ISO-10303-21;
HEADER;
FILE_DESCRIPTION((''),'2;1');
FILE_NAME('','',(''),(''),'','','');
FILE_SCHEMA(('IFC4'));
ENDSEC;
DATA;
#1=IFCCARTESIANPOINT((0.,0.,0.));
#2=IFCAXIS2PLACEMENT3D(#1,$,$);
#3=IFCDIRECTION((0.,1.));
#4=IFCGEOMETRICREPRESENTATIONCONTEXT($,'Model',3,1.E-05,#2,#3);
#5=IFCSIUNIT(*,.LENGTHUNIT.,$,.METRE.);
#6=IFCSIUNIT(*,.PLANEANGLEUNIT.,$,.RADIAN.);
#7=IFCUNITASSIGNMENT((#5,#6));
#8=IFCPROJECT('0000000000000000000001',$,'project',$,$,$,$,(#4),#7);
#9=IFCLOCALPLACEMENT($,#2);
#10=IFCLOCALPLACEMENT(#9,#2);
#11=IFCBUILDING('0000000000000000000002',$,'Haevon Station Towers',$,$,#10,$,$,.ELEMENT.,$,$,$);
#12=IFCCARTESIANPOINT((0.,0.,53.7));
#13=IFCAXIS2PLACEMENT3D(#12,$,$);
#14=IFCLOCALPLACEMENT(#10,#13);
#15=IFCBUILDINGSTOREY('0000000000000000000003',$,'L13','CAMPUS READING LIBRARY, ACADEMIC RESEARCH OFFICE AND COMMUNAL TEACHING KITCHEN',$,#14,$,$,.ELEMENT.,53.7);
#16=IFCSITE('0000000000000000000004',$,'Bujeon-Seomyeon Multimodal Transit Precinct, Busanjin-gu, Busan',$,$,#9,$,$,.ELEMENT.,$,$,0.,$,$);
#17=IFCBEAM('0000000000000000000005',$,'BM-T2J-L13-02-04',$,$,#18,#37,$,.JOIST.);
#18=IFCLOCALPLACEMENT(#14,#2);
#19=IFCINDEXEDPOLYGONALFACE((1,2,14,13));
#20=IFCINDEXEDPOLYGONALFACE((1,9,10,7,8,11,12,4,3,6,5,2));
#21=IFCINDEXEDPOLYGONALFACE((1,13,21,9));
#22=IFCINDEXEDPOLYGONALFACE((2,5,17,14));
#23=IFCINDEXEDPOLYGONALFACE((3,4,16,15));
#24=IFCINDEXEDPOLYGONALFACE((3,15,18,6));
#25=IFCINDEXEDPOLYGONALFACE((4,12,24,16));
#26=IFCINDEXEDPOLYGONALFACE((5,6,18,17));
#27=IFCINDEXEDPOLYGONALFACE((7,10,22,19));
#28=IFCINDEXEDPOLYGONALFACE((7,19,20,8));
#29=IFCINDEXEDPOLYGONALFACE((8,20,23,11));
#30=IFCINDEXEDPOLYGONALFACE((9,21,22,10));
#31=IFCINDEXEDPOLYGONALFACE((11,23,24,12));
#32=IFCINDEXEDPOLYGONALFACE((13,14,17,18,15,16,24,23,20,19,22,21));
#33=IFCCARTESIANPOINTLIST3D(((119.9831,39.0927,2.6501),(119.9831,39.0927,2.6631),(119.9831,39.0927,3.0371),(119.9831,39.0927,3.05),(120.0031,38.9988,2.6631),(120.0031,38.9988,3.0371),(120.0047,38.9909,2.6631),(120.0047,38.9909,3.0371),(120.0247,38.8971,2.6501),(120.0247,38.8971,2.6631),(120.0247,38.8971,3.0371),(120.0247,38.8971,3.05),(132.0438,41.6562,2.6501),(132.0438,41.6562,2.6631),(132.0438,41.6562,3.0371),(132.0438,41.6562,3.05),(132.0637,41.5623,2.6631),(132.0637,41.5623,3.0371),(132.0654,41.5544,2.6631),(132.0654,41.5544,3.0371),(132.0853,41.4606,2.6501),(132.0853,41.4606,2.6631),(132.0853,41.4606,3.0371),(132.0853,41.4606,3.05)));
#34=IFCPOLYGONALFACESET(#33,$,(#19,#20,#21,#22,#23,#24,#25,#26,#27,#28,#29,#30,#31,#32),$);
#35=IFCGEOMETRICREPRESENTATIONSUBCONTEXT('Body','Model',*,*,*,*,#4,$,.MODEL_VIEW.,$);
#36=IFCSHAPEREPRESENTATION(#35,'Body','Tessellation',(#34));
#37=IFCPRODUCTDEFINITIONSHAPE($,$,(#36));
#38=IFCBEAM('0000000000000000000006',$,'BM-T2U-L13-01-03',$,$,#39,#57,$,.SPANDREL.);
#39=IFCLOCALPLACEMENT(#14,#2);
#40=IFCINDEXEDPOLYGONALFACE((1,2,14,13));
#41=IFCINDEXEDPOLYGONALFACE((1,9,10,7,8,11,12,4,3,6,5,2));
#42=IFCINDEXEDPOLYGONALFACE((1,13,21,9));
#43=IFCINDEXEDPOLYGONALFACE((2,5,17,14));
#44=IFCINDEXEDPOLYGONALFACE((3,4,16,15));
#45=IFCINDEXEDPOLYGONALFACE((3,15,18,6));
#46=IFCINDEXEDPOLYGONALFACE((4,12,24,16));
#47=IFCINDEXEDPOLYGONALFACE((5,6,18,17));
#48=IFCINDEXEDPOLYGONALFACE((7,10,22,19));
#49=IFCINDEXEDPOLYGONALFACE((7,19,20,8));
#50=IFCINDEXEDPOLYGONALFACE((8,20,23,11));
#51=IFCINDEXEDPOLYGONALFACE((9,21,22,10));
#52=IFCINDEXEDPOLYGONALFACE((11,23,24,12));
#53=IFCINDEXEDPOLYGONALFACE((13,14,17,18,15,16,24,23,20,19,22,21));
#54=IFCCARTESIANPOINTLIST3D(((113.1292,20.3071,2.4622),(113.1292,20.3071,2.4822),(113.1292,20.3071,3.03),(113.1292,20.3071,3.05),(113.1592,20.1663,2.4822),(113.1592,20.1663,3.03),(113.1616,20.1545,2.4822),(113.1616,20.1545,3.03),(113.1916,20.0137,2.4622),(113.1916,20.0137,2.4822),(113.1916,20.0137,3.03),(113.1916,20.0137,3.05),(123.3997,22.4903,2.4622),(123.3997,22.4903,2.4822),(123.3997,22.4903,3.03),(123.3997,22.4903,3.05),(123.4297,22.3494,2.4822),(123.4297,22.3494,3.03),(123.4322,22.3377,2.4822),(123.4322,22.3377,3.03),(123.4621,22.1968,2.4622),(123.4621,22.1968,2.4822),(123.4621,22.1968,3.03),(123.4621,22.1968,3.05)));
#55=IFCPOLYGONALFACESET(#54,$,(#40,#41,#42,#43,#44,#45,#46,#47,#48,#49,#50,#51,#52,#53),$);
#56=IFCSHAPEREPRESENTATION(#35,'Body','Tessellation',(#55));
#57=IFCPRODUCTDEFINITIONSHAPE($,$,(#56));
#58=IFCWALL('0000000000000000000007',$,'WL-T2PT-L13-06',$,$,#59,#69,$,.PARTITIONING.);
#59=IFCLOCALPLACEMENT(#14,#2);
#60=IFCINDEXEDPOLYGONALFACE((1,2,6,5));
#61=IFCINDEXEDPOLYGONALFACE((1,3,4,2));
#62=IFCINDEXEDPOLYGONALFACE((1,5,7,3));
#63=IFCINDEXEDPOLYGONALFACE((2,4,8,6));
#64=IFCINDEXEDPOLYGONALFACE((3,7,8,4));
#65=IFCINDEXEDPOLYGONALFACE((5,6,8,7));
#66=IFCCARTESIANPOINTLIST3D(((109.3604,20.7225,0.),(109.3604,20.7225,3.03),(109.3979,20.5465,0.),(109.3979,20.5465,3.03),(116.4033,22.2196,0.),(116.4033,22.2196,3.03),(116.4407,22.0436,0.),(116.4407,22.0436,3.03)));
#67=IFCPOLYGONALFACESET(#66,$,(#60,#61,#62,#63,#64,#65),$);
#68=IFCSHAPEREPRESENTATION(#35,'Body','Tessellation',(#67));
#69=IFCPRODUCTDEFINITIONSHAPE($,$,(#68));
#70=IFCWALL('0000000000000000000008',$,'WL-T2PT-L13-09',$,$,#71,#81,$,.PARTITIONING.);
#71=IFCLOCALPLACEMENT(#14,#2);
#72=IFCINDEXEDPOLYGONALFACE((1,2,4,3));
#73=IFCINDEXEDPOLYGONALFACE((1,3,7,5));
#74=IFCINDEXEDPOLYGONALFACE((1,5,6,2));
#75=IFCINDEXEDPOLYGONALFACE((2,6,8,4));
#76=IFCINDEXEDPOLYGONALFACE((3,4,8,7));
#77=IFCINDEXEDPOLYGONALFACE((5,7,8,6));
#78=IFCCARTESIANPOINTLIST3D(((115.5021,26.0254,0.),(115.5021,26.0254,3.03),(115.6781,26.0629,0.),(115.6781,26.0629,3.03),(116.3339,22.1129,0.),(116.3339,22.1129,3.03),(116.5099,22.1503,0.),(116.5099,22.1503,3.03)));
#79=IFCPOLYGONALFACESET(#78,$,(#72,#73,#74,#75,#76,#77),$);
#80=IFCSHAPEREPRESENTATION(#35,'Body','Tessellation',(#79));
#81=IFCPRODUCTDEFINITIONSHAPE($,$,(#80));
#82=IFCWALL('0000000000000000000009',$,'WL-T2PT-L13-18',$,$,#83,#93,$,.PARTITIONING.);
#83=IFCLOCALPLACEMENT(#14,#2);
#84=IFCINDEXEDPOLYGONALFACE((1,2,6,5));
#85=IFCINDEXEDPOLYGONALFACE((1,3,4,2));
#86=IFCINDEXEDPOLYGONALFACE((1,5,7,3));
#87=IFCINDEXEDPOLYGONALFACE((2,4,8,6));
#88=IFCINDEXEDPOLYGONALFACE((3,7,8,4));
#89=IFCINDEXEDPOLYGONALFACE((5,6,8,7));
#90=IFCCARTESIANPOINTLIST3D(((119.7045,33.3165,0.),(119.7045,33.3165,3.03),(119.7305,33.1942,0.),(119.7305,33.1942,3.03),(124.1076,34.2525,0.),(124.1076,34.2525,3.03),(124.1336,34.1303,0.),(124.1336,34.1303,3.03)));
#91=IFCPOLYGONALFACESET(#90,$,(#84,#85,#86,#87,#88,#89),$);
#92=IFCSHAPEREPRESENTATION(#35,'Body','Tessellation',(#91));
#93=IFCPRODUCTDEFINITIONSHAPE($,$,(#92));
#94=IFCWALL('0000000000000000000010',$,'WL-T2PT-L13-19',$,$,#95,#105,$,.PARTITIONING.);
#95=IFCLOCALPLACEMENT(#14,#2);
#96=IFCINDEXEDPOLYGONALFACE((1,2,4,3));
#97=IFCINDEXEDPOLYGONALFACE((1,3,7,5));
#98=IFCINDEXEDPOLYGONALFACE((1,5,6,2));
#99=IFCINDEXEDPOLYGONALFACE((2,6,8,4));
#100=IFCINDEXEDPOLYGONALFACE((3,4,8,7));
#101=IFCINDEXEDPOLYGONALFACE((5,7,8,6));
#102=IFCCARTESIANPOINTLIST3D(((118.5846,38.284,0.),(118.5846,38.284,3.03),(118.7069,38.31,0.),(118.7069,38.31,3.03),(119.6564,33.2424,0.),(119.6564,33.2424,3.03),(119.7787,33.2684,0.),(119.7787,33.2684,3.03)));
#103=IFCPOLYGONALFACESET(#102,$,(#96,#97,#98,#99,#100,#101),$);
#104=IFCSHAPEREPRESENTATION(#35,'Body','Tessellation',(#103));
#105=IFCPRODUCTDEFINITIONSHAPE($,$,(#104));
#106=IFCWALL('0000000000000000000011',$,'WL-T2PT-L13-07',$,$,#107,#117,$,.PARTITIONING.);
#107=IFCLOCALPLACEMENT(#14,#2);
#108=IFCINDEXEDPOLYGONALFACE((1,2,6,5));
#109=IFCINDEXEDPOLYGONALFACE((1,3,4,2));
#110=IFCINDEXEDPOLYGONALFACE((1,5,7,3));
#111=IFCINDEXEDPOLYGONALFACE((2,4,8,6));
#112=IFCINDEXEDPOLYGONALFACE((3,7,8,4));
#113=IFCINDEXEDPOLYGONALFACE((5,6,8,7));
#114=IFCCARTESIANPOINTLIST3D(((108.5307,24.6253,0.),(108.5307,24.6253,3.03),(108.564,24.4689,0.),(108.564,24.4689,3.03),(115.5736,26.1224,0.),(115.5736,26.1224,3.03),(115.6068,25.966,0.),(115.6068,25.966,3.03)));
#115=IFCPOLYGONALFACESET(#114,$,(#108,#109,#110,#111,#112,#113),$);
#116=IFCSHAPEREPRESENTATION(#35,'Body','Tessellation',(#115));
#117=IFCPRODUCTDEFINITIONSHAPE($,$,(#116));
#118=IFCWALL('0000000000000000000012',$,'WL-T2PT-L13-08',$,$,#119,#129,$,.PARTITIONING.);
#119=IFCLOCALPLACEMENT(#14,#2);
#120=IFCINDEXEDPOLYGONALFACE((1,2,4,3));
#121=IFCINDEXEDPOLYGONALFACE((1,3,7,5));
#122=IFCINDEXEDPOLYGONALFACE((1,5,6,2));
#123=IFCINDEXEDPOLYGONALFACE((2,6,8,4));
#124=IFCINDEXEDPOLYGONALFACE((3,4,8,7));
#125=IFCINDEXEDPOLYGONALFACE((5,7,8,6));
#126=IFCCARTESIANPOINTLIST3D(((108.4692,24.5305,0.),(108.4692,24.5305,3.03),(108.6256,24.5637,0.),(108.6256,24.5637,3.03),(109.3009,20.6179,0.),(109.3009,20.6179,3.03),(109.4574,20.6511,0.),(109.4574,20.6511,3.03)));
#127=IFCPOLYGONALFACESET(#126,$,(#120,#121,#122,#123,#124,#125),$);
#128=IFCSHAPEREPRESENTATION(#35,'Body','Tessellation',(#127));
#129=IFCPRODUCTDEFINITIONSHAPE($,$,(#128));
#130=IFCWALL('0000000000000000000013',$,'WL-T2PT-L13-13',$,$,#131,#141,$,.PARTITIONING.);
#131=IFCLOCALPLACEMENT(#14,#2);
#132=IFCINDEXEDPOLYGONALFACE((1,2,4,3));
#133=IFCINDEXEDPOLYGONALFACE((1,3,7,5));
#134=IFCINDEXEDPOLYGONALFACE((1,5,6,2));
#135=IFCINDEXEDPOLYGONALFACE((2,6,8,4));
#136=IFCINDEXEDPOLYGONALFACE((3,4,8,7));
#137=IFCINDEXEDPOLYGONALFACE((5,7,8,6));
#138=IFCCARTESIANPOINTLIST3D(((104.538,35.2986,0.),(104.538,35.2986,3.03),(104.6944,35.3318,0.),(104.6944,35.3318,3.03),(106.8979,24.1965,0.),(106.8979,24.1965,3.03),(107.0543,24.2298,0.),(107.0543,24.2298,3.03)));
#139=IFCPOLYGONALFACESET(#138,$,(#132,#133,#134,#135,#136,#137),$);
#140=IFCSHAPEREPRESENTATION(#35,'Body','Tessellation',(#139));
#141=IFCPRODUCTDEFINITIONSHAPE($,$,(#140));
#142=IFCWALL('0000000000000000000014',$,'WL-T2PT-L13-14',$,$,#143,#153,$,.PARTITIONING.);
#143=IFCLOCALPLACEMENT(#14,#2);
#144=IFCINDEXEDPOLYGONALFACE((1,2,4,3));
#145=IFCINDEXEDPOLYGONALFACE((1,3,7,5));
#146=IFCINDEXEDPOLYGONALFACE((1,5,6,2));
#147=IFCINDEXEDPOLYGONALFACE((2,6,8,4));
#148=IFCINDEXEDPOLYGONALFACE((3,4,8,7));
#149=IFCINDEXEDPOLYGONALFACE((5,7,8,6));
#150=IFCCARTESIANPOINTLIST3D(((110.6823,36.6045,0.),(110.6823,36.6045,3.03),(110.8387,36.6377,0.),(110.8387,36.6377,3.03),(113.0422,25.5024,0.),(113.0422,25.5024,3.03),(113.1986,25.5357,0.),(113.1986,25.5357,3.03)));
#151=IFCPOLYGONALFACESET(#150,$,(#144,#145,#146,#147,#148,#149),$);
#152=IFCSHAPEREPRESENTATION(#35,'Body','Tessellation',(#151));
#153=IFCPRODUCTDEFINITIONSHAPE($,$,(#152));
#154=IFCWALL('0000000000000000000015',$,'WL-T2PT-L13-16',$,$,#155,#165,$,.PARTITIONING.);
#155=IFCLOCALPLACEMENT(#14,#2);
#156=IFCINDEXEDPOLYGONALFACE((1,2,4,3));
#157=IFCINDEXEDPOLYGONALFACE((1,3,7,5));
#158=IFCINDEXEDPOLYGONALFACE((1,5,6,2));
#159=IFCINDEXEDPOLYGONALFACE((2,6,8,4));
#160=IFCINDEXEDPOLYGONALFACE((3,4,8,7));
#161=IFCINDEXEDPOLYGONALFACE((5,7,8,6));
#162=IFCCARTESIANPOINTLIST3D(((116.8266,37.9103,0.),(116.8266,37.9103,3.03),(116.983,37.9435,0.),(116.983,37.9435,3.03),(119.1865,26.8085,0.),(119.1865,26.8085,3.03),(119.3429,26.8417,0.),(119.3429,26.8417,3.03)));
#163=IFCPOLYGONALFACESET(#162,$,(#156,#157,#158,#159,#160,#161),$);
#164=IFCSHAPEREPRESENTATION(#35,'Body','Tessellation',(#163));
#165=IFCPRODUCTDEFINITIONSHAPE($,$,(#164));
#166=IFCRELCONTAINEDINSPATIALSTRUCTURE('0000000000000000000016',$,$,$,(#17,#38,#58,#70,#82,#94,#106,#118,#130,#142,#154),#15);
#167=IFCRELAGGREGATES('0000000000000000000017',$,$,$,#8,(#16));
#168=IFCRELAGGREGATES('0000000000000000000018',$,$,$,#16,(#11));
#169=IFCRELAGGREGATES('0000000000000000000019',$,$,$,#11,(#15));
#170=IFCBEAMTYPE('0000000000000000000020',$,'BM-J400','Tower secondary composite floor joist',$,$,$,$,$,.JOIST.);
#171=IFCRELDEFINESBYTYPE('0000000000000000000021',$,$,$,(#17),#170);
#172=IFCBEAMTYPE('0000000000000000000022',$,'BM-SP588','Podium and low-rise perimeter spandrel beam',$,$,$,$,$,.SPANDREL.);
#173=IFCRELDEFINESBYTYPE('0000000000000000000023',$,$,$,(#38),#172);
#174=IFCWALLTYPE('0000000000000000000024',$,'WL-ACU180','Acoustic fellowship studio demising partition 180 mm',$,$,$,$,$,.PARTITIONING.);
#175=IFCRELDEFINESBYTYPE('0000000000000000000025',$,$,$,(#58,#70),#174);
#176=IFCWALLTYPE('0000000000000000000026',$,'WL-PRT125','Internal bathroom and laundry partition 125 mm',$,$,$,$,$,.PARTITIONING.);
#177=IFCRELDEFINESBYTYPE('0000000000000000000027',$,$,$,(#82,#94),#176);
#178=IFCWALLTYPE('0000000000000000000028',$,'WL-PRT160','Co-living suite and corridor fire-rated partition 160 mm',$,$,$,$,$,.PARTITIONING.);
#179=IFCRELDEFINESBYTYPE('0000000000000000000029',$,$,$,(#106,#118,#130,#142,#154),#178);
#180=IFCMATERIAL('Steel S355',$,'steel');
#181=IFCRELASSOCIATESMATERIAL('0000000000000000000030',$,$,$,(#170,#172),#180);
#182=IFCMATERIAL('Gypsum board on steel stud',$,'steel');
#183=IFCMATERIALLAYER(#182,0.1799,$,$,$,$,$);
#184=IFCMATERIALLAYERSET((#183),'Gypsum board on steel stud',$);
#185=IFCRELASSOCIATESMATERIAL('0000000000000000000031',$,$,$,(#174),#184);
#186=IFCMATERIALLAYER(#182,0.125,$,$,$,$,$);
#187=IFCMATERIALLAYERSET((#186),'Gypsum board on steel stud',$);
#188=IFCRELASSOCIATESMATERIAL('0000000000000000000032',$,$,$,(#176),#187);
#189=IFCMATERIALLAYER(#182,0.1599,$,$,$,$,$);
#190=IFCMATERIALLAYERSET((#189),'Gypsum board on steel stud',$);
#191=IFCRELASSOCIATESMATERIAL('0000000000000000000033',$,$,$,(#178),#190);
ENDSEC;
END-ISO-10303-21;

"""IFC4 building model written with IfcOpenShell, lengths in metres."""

from ifc_helpers import new_model, si_unit, direction, frame, frame_2d, origin, origin_2d, place, context, subcontext, project, spatial, rectangle, i_section, extrude, material, layer, layer_set, material_profile, profile_set, type_object, element, save


model = new_model("IFC4")

# Units and contexts
model_context = context("Model", 3, precision=1e-05, world=origin(), true_north=direction((0.0, 1.0)))
body_context = subcontext(model_context, "Body", "Model", "MODEL_VIEW")
ifc_project = project(units=[si_unit("LENGTHUNIT", "METRE"), si_unit("PLANEANGLEUNIT", "RADIAN")], contexts=[model_context])

# Site, building, storey
site_placement = place(None, origin())
site = spatial("IfcSite", under=ifc_project, at=site_placement, Name="Bujeon-Seomyeon Multimodal Transit Precinct, Busanjin-gu, Busan", CompositionType="ELEMENT", RefElevation=0.0)
building_placement = place(site_placement, origin())
building = spatial("IfcBuilding", under=site, at=building_placement, Name="Haevon Station Towers", CompositionType="ELEMENT")
storey_placement = place(building_placement, frame((0.0, 0.0, 53.7)))
storey = spatial("IfcBuildingStorey", under=building, at=storey_placement, Name="L13", Description="CAMPUS READING LIBRARY, ACADEMIC RESEARCH OFFICE AND COMMUNAL TEACHING KITCHEN", CompositionType="ELEMENT", Elevation=53.7)

# Beams
ifc_material_1 = material(Name="Steel S355", Category="steel")
ifc_material_profile_1 = material_profile(ifc_material_1, i_section(OverallWidth=0.2, OverallDepth=0.3999, WebThickness=0.0081, FlangeThickness=0.0129, at=origin_2d()), Name="H-400x200x8x13")
ifc_profile_set_1 = profile_set([ifc_material_profile_1], Name="Steel S355")
beam_type_1 = type_object("IfcBeamType", Name="BM-J400", Description="Tower secondary composite floor joist", PredefinedType="JOIST", material=ifc_profile_set_1)
beam_1_placement = place(storey_placement, frame((120.0039, 38.9949, 2.8501), z_axis=(0.978149, 0.207906, 0.0), x_axis=(-0.207906, 0.978149, 0.0)))
element("IfcBeam", 1, at=beam_1_placement, inside=storey, type_object=beam_type_1, Name="BM-T2J-L13-02-04", PredefinedType="JOIST", context=body_context, shape_type="SweptSolid", body=[
    extrude(i_section(OverallWidth=0.2, OverallDepth=0.3999, WebThickness=0.0081, FlangeThickness=0.0129, at=origin_2d()), origin(), (0.0, 0.0, 1.0), 12.3301),
])
ifc_material_profile_2 = material_profile(ifc_material_1, i_section(OverallWidth=0.3, OverallDepth=0.5879, WebThickness=0.012, FlangeThickness=0.02, at=origin_2d()), Name="H-588x300x12x20")
ifc_profile_set_2 = profile_set([ifc_material_profile_2], Name="Steel S355")
beam_type_2 = type_object("IfcBeamType", Name="BM-SP588", Description="Podium and low-rise perimeter spandrel beam", PredefinedType="SPANDREL", material=ifc_profile_set_2)
beam_2_placement = place(storey_placement, frame((113.1604, 20.1604, 2.7561), z_axis=(0.978147, 0.207915, 0.0), x_axis=(-0.207915, 0.978147, 0.0)))
element("IfcBeam", 2, at=beam_2_placement, inside=storey, type_object=beam_type_2, Name="BM-T2U-L13-01-03", PredefinedType="SPANDREL", context=body_context, shape_type="SweptSolid", body=[
    extrude(i_section(OverallWidth=0.3, OverallDepth=0.5879, WebThickness=0.012, FlangeThickness=0.02, at=origin_2d()), origin(), (0.0, 0.0, 1.0), 10.5),
])

# Walls
ifc_material_2 = material(Name="Gypsum board on steel stud", Category="steel")
ifc_layer_1 = layer(ifc_material_2, 0.1799)
ifc_layer_set_1 = layer_set([ifc_layer_1], Name="Gypsum board on steel stud")
wall_type_1 = type_object("IfcWallType", Name="WL-ACU180", Description="Acoustic fellowship studio demising partition 180 mm", PredefinedType="PARTITIONING", material=ifc_layer_set_1)
wall_1_placement = place(storey_placement, frame((109.3792, 20.6345, 0.0), z_axis=(0.0, 0.0, 1.0), x_axis=(0.978145, 0.207924, 0.0)))
element("IfcWall", 3, at=wall_1_placement, inside=storey, type_object=wall_type_1, Name="WL-T2PT-L13-06", PredefinedType="PARTITIONING", context=body_context, shape_type="SweptSolid", body=[
    extrude(rectangle(XDim=7.2002, YDim=0.1799, at=frame_2d((3.6001, 0.0))), origin(), (0.0, 0.0, 1.0), 3.03),
])
wall_2_placement = place(storey_placement, frame((116.4219, 22.1316, 0.0), z_axis=(0.0, 0.0, 1.0), x_axis=(-0.207945, 0.978141, 0.0)))
element("IfcWall", 4, at=wall_2_placement, inside=storey, type_object=wall_type_1, Name="WL-T2PT-L13-09", PredefinedType="PARTITIONING", context=body_context, shape_type="SweptSolid", body=[
    extrude(rectangle(XDim=4.0, YDim=0.1799, at=frame_2d((2.0, 0.0))), origin(), (0.0, 0.0, 1.0), 3.03),
])
ifc_layer_2 = layer(ifc_material_2, 0.125)
ifc_layer_set_2 = layer_set([ifc_layer_2], Name="Gypsum board on steel stud")
wall_type_2 = type_object("IfcWallType", Name="WL-PRT125", Description="Internal bathroom and laundry partition 125 mm", PredefinedType="PARTITIONING", material=ifc_layer_set_2)
wall_3_placement = place(storey_placement, frame((119.7175, 33.2554, 0.0), z_axis=(0.0, 0.0, 1.0), x_axis=(0.978142, 0.20794, 0.0)))
element("IfcWall", 5, at=wall_3_placement, inside=storey, type_object=wall_type_2, Name="WL-T2PT-L13-18", PredefinedType="PARTITIONING", context=body_context, shape_type="SweptSolid", body=[
    extrude(rectangle(XDim=4.5015, YDim=0.125, at=frame_2d((2.2507, 0.0))), origin(), (0.0, 0.0, 1.0), 3.03),
])
wall_4_placement = place(storey_placement, frame((119.7175, 33.2554, 0.0), z_axis=(0.0, 0.0, 1.0), x_axis=(-0.207934, 0.978143, 0.0)))
element("IfcWall", 6, at=wall_4_placement, inside=storey, type_object=wall_type_2, Name="WL-T2PT-L13-19", PredefinedType="PARTITIONING", context=body_context, shape_type="SweptSolid", body=[
    extrude(rectangle(XDim=5.1543, YDim=0.125, at=frame_2d((2.5771, 0.0))), origin(), (0.0, 0.0, 1.0), 3.03),
])
ifc_layer_3 = layer(ifc_material_2, 0.1599)
ifc_layer_set_3 = layer_set([ifc_layer_3], Name="Gypsum board on steel stud")
wall_type_3 = type_object("IfcWallType", Name="WL-PRT160", Description="Co-living suite and corridor fire-rated partition 160 mm", PredefinedType="PARTITIONING", material=ifc_layer_set_3)
wall_5_placement = place(storey_placement, frame((108.5474, 24.5471, 0.0), z_axis=(0.0, 0.0, 1.0), x_axis=(0.978145, 0.207924, 0.0)))
element("IfcWall", 7, at=wall_5_placement, inside=storey, type_object=wall_type_3, Name="WL-T2PT-L13-07", PredefinedType="PARTITIONING", context=body_context, shape_type="SweptSolid", body=[
    extrude(rectangle(XDim=7.2002, YDim=0.1599, at=frame_2d((3.6001, 0.0))), origin(), (0.0, 0.0, 1.0), 3.03),
])
wall_6_placement = place(storey_placement, frame((109.3792, 20.6345, 0.0), z_axis=(0.0, 0.0, 1.0), x_axis=(-0.207945, 0.978141, 0.0)))
element("IfcWall", 8, at=wall_6_placement, inside=storey, type_object=wall_type_3, Name="WL-T2PT-L13-08", PredefinedType="PARTITIONING", context=body_context, shape_type="SweptSolid", body=[
    extrude(rectangle(XDim=4.0, YDim=0.1599, at=frame_2d((2.0, 0.0))), origin(), (0.0, 0.0, 1.0), 3.03),
])
for number, where, z_axis, x_axis, name in (
    (9, (106.9761, 24.2131, 0.0), (0.0, 0.0, 1.0), (-0.207916, 0.978147, 0.0), "WL-T2PT-L13-13"),
    (10, (113.1204, 25.519, 0.0), (0.0, 0.0, 1.0), (-0.207916, 0.978147, 0.0), "WL-T2PT-L13-14"),
):
    element("IfcWall", number, at=place(storey_placement, frame(where, z_axis=z_axis, x_axis=x_axis)), inside=storey, type_object=wall_type_3, Name=name, PredefinedType="PARTITIONING", context=body_context, shape_type="SweptSolid", body=[
        extrude(rectangle(XDim=11.3501, YDim=0.1599, at=frame_2d((5.675, 0.0))), origin(), (0.0, 0.0, 1.0), 3.03),
    ])
wall_7_placement = place(storey_placement, frame((119.2646, 26.8252, 0.0), z_axis=(0.0, 0.0, 1.0), x_axis=(-0.20792, 0.978146, 0.0)))
element("IfcWall", 11, at=wall_7_placement, inside=storey, type_object=wall_type_3, Name="WL-T2PT-L13-16", PredefinedType="PARTITIONING", context=body_context, shape_type="SweptSolid", body=[
    extrude(rectangle(XDim=11.3499, YDim=0.1599, at=frame_2d((5.6748, 0.0))), origin(), (0.0, 0.0, 1.0), 3.03),
])

save(model, "model.ifc")
